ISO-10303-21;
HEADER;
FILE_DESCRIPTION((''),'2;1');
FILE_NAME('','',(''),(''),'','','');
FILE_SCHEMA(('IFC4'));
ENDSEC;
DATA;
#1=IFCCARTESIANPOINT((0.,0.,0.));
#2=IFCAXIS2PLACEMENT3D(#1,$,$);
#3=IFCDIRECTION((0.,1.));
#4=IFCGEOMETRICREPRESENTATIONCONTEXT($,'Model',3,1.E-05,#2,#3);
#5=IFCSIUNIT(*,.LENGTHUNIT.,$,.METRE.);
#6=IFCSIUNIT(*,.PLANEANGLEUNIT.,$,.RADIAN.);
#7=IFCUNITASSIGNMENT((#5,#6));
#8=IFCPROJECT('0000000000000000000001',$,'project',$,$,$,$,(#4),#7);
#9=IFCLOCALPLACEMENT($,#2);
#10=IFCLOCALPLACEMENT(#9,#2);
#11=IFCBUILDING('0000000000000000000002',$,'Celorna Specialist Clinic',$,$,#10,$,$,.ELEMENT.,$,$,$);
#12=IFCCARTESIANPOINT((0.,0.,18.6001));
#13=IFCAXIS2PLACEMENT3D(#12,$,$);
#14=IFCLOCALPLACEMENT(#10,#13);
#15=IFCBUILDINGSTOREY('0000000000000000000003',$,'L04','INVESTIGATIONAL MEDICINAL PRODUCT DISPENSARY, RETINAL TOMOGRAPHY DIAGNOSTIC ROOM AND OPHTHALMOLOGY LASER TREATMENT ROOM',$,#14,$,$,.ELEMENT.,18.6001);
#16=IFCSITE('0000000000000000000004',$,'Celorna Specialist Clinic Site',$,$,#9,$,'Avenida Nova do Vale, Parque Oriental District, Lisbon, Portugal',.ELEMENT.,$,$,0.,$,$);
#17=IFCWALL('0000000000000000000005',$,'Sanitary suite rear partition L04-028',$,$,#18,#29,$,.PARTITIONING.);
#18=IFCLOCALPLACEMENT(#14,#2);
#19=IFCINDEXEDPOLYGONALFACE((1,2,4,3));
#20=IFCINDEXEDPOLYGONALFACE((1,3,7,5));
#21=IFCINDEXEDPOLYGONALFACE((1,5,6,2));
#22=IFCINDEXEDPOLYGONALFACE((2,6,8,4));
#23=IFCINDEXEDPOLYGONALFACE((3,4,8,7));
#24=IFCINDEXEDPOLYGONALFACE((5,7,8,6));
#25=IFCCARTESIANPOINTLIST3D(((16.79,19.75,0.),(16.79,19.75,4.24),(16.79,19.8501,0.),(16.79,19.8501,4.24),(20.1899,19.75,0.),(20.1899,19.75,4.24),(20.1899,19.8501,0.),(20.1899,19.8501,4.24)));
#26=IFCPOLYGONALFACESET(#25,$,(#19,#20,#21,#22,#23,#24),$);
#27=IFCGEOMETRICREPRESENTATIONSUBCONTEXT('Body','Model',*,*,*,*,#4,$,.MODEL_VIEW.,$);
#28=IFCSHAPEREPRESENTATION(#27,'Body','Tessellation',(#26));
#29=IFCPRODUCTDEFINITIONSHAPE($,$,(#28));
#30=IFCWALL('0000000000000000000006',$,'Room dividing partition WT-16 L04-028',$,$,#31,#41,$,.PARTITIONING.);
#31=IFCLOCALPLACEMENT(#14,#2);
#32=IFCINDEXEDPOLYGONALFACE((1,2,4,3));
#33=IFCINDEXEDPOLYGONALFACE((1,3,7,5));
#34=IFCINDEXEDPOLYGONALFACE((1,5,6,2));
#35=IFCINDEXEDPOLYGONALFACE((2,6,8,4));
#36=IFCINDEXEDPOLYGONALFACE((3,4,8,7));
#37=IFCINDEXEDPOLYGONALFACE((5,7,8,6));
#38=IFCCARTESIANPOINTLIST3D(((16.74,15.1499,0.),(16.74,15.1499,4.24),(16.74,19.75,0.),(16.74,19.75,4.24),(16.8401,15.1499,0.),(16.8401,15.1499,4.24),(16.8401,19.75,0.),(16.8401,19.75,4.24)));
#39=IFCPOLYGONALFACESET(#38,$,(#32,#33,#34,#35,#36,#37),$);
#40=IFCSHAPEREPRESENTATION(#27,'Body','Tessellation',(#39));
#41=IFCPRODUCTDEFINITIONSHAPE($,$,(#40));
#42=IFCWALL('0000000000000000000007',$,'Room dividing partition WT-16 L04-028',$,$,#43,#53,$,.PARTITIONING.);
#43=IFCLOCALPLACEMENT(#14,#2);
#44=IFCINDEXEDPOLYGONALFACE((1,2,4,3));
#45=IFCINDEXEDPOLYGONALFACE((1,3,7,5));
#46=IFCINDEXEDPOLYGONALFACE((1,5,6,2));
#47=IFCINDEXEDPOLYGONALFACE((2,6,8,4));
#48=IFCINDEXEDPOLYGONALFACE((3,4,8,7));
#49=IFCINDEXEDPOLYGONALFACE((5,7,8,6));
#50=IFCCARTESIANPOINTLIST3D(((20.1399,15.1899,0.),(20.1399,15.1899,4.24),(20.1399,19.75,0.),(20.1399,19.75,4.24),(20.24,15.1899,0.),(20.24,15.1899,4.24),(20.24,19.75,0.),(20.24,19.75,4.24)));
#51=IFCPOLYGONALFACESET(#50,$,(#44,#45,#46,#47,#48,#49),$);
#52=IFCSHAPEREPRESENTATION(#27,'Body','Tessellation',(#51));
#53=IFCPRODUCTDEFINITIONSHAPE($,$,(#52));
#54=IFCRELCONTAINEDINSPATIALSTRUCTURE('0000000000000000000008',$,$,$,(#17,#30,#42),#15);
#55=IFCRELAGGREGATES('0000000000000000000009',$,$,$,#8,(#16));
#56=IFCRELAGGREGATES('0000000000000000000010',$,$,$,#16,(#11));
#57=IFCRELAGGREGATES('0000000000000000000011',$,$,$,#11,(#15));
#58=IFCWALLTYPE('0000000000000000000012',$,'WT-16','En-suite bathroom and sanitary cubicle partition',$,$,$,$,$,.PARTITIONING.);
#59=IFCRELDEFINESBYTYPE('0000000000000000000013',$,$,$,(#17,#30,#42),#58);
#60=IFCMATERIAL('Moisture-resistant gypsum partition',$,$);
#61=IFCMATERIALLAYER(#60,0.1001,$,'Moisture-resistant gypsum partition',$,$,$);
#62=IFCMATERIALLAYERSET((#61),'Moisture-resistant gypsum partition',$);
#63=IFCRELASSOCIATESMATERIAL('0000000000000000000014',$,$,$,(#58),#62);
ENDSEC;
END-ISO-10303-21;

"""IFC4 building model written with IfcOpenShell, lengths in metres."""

from ifc_helpers import new_model, si_unit, direction, frame, frame_2d, origin, place, context, subcontext, project, spatial, rectangle, extrude, material, layer, layer_set, type_object, element, save


model = new_model("IFC4")

# Units and contexts
model_context = context("Model", 3, precision=1e-05, world=origin(), true_north=direction((0.0, 1.0)))
body_context = subcontext(model_context, "Body", "Model", "MODEL_VIEW")
ifc_project = project(units=[si_unit("LENGTHUNIT", "METRE"), si_unit("PLANEANGLEUNIT", "RADIAN")], contexts=[model_context])

# Site, building, storey
site_placement = place(None, origin())
site = spatial("IfcSite", under=ifc_project, at=site_placement, Name="Celorna Specialist Clinic Site", LongName="Avenida Nova do Vale, Parque Oriental District, Lisbon, Portugal", CompositionType="ELEMENT", RefElevation=0.0)
building_placement = place(site_placement, origin())
building = spatial("IfcBuilding", under=site, at=building_placement, Name="Celorna Specialist Clinic", CompositionType="ELEMENT")
storey_placement = place(building_placement, frame((0.0, 0.0, 18.6001)))
storey = spatial("IfcBuildingStorey", under=building, at=storey_placement, Name="L04", Description="INVESTIGATIONAL MEDICINAL PRODUCT DISPENSARY, RETINAL TOMOGRAPHY DIAGNOSTIC ROOM AND OPHTHALMOLOGY LASER TREATMENT ROOM", CompositionType="ELEMENT", Elevation=18.6001)

# Shared definitions
ifc_material_1 = material(Name="Moisture-resistant gypsum partition")
ifc_layer_1 = layer(ifc_material_1, 0.1001, Name="Moisture-resistant gypsum partition")
ifc_layer_set_1 = layer_set([ifc_layer_1], Name="Moisture-resistant gypsum partition")
wall_type_1 = type_object("IfcWallType", Name="WT-16", Description="En-suite bathroom and sanitary cubicle partition", PredefinedType="PARTITIONING", material=ifc_layer_set_1)

# Walls
wall_1_placement = place(storey_placement, frame((16.79, 19.8, 0.0), z_axis=(0.0, 0.0, 1.0), x_axis=(1.0, 0.0, 0.0)))
element("IfcWall", 1, at=wall_1_placement, inside=storey, type_object=wall_type_1, Name="Sanitary suite rear partition L04-028", PredefinedType="PARTITIONING", context=body_context, shape_type="SweptSolid", body=[
    extrude(rectangle(XDim=3.3999, YDim=0.1001, at=frame_2d((1.7, 0.0))), origin(), (0.0, 0.0, 1.0), 4.24),
])
wall_2_placement = place(storey_placement, frame((16.79, 15.1499, 0.0), z_axis=(0.0, 0.0, 1.0), x_axis=(0.0, 1.0, 0.0)))
element("IfcWall", 2, at=wall_2_placement, inside=storey, type_object=wall_type_1, Name="Room dividing partition WT-16 L04-028", PredefinedType="PARTITIONING", context=body_context, shape_type="SweptSolid", body=[
    extrude(rectangle(XDim=4.6001, YDim=0.1001, at=frame_2d((2.3, 0.0))), origin(), (0.0, 0.0, 1.0), 4.24),
])
wall_3_placement = place(storey_placement, frame((20.1899, 15.1899, 0.0), z_axis=(0.0, 0.0, 1.0), x_axis=(0.0, 1.0, 0.0)))
element("IfcWall", 3, at=wall_3_placement, inside=storey, type_object=wall_type_1, Name="Room dividing partition WT-16 L04-028", PredefinedType="PARTITIONING", context=body_context, shape_type="SweptSolid", body=[
    extrude(rectangle(XDim=4.5601, YDim=0.1001, at=frame_2d((2.28, 0.0))), origin(), (0.0, 0.0, 1.0), 4.24),
])

save(model, "model.ifc")
